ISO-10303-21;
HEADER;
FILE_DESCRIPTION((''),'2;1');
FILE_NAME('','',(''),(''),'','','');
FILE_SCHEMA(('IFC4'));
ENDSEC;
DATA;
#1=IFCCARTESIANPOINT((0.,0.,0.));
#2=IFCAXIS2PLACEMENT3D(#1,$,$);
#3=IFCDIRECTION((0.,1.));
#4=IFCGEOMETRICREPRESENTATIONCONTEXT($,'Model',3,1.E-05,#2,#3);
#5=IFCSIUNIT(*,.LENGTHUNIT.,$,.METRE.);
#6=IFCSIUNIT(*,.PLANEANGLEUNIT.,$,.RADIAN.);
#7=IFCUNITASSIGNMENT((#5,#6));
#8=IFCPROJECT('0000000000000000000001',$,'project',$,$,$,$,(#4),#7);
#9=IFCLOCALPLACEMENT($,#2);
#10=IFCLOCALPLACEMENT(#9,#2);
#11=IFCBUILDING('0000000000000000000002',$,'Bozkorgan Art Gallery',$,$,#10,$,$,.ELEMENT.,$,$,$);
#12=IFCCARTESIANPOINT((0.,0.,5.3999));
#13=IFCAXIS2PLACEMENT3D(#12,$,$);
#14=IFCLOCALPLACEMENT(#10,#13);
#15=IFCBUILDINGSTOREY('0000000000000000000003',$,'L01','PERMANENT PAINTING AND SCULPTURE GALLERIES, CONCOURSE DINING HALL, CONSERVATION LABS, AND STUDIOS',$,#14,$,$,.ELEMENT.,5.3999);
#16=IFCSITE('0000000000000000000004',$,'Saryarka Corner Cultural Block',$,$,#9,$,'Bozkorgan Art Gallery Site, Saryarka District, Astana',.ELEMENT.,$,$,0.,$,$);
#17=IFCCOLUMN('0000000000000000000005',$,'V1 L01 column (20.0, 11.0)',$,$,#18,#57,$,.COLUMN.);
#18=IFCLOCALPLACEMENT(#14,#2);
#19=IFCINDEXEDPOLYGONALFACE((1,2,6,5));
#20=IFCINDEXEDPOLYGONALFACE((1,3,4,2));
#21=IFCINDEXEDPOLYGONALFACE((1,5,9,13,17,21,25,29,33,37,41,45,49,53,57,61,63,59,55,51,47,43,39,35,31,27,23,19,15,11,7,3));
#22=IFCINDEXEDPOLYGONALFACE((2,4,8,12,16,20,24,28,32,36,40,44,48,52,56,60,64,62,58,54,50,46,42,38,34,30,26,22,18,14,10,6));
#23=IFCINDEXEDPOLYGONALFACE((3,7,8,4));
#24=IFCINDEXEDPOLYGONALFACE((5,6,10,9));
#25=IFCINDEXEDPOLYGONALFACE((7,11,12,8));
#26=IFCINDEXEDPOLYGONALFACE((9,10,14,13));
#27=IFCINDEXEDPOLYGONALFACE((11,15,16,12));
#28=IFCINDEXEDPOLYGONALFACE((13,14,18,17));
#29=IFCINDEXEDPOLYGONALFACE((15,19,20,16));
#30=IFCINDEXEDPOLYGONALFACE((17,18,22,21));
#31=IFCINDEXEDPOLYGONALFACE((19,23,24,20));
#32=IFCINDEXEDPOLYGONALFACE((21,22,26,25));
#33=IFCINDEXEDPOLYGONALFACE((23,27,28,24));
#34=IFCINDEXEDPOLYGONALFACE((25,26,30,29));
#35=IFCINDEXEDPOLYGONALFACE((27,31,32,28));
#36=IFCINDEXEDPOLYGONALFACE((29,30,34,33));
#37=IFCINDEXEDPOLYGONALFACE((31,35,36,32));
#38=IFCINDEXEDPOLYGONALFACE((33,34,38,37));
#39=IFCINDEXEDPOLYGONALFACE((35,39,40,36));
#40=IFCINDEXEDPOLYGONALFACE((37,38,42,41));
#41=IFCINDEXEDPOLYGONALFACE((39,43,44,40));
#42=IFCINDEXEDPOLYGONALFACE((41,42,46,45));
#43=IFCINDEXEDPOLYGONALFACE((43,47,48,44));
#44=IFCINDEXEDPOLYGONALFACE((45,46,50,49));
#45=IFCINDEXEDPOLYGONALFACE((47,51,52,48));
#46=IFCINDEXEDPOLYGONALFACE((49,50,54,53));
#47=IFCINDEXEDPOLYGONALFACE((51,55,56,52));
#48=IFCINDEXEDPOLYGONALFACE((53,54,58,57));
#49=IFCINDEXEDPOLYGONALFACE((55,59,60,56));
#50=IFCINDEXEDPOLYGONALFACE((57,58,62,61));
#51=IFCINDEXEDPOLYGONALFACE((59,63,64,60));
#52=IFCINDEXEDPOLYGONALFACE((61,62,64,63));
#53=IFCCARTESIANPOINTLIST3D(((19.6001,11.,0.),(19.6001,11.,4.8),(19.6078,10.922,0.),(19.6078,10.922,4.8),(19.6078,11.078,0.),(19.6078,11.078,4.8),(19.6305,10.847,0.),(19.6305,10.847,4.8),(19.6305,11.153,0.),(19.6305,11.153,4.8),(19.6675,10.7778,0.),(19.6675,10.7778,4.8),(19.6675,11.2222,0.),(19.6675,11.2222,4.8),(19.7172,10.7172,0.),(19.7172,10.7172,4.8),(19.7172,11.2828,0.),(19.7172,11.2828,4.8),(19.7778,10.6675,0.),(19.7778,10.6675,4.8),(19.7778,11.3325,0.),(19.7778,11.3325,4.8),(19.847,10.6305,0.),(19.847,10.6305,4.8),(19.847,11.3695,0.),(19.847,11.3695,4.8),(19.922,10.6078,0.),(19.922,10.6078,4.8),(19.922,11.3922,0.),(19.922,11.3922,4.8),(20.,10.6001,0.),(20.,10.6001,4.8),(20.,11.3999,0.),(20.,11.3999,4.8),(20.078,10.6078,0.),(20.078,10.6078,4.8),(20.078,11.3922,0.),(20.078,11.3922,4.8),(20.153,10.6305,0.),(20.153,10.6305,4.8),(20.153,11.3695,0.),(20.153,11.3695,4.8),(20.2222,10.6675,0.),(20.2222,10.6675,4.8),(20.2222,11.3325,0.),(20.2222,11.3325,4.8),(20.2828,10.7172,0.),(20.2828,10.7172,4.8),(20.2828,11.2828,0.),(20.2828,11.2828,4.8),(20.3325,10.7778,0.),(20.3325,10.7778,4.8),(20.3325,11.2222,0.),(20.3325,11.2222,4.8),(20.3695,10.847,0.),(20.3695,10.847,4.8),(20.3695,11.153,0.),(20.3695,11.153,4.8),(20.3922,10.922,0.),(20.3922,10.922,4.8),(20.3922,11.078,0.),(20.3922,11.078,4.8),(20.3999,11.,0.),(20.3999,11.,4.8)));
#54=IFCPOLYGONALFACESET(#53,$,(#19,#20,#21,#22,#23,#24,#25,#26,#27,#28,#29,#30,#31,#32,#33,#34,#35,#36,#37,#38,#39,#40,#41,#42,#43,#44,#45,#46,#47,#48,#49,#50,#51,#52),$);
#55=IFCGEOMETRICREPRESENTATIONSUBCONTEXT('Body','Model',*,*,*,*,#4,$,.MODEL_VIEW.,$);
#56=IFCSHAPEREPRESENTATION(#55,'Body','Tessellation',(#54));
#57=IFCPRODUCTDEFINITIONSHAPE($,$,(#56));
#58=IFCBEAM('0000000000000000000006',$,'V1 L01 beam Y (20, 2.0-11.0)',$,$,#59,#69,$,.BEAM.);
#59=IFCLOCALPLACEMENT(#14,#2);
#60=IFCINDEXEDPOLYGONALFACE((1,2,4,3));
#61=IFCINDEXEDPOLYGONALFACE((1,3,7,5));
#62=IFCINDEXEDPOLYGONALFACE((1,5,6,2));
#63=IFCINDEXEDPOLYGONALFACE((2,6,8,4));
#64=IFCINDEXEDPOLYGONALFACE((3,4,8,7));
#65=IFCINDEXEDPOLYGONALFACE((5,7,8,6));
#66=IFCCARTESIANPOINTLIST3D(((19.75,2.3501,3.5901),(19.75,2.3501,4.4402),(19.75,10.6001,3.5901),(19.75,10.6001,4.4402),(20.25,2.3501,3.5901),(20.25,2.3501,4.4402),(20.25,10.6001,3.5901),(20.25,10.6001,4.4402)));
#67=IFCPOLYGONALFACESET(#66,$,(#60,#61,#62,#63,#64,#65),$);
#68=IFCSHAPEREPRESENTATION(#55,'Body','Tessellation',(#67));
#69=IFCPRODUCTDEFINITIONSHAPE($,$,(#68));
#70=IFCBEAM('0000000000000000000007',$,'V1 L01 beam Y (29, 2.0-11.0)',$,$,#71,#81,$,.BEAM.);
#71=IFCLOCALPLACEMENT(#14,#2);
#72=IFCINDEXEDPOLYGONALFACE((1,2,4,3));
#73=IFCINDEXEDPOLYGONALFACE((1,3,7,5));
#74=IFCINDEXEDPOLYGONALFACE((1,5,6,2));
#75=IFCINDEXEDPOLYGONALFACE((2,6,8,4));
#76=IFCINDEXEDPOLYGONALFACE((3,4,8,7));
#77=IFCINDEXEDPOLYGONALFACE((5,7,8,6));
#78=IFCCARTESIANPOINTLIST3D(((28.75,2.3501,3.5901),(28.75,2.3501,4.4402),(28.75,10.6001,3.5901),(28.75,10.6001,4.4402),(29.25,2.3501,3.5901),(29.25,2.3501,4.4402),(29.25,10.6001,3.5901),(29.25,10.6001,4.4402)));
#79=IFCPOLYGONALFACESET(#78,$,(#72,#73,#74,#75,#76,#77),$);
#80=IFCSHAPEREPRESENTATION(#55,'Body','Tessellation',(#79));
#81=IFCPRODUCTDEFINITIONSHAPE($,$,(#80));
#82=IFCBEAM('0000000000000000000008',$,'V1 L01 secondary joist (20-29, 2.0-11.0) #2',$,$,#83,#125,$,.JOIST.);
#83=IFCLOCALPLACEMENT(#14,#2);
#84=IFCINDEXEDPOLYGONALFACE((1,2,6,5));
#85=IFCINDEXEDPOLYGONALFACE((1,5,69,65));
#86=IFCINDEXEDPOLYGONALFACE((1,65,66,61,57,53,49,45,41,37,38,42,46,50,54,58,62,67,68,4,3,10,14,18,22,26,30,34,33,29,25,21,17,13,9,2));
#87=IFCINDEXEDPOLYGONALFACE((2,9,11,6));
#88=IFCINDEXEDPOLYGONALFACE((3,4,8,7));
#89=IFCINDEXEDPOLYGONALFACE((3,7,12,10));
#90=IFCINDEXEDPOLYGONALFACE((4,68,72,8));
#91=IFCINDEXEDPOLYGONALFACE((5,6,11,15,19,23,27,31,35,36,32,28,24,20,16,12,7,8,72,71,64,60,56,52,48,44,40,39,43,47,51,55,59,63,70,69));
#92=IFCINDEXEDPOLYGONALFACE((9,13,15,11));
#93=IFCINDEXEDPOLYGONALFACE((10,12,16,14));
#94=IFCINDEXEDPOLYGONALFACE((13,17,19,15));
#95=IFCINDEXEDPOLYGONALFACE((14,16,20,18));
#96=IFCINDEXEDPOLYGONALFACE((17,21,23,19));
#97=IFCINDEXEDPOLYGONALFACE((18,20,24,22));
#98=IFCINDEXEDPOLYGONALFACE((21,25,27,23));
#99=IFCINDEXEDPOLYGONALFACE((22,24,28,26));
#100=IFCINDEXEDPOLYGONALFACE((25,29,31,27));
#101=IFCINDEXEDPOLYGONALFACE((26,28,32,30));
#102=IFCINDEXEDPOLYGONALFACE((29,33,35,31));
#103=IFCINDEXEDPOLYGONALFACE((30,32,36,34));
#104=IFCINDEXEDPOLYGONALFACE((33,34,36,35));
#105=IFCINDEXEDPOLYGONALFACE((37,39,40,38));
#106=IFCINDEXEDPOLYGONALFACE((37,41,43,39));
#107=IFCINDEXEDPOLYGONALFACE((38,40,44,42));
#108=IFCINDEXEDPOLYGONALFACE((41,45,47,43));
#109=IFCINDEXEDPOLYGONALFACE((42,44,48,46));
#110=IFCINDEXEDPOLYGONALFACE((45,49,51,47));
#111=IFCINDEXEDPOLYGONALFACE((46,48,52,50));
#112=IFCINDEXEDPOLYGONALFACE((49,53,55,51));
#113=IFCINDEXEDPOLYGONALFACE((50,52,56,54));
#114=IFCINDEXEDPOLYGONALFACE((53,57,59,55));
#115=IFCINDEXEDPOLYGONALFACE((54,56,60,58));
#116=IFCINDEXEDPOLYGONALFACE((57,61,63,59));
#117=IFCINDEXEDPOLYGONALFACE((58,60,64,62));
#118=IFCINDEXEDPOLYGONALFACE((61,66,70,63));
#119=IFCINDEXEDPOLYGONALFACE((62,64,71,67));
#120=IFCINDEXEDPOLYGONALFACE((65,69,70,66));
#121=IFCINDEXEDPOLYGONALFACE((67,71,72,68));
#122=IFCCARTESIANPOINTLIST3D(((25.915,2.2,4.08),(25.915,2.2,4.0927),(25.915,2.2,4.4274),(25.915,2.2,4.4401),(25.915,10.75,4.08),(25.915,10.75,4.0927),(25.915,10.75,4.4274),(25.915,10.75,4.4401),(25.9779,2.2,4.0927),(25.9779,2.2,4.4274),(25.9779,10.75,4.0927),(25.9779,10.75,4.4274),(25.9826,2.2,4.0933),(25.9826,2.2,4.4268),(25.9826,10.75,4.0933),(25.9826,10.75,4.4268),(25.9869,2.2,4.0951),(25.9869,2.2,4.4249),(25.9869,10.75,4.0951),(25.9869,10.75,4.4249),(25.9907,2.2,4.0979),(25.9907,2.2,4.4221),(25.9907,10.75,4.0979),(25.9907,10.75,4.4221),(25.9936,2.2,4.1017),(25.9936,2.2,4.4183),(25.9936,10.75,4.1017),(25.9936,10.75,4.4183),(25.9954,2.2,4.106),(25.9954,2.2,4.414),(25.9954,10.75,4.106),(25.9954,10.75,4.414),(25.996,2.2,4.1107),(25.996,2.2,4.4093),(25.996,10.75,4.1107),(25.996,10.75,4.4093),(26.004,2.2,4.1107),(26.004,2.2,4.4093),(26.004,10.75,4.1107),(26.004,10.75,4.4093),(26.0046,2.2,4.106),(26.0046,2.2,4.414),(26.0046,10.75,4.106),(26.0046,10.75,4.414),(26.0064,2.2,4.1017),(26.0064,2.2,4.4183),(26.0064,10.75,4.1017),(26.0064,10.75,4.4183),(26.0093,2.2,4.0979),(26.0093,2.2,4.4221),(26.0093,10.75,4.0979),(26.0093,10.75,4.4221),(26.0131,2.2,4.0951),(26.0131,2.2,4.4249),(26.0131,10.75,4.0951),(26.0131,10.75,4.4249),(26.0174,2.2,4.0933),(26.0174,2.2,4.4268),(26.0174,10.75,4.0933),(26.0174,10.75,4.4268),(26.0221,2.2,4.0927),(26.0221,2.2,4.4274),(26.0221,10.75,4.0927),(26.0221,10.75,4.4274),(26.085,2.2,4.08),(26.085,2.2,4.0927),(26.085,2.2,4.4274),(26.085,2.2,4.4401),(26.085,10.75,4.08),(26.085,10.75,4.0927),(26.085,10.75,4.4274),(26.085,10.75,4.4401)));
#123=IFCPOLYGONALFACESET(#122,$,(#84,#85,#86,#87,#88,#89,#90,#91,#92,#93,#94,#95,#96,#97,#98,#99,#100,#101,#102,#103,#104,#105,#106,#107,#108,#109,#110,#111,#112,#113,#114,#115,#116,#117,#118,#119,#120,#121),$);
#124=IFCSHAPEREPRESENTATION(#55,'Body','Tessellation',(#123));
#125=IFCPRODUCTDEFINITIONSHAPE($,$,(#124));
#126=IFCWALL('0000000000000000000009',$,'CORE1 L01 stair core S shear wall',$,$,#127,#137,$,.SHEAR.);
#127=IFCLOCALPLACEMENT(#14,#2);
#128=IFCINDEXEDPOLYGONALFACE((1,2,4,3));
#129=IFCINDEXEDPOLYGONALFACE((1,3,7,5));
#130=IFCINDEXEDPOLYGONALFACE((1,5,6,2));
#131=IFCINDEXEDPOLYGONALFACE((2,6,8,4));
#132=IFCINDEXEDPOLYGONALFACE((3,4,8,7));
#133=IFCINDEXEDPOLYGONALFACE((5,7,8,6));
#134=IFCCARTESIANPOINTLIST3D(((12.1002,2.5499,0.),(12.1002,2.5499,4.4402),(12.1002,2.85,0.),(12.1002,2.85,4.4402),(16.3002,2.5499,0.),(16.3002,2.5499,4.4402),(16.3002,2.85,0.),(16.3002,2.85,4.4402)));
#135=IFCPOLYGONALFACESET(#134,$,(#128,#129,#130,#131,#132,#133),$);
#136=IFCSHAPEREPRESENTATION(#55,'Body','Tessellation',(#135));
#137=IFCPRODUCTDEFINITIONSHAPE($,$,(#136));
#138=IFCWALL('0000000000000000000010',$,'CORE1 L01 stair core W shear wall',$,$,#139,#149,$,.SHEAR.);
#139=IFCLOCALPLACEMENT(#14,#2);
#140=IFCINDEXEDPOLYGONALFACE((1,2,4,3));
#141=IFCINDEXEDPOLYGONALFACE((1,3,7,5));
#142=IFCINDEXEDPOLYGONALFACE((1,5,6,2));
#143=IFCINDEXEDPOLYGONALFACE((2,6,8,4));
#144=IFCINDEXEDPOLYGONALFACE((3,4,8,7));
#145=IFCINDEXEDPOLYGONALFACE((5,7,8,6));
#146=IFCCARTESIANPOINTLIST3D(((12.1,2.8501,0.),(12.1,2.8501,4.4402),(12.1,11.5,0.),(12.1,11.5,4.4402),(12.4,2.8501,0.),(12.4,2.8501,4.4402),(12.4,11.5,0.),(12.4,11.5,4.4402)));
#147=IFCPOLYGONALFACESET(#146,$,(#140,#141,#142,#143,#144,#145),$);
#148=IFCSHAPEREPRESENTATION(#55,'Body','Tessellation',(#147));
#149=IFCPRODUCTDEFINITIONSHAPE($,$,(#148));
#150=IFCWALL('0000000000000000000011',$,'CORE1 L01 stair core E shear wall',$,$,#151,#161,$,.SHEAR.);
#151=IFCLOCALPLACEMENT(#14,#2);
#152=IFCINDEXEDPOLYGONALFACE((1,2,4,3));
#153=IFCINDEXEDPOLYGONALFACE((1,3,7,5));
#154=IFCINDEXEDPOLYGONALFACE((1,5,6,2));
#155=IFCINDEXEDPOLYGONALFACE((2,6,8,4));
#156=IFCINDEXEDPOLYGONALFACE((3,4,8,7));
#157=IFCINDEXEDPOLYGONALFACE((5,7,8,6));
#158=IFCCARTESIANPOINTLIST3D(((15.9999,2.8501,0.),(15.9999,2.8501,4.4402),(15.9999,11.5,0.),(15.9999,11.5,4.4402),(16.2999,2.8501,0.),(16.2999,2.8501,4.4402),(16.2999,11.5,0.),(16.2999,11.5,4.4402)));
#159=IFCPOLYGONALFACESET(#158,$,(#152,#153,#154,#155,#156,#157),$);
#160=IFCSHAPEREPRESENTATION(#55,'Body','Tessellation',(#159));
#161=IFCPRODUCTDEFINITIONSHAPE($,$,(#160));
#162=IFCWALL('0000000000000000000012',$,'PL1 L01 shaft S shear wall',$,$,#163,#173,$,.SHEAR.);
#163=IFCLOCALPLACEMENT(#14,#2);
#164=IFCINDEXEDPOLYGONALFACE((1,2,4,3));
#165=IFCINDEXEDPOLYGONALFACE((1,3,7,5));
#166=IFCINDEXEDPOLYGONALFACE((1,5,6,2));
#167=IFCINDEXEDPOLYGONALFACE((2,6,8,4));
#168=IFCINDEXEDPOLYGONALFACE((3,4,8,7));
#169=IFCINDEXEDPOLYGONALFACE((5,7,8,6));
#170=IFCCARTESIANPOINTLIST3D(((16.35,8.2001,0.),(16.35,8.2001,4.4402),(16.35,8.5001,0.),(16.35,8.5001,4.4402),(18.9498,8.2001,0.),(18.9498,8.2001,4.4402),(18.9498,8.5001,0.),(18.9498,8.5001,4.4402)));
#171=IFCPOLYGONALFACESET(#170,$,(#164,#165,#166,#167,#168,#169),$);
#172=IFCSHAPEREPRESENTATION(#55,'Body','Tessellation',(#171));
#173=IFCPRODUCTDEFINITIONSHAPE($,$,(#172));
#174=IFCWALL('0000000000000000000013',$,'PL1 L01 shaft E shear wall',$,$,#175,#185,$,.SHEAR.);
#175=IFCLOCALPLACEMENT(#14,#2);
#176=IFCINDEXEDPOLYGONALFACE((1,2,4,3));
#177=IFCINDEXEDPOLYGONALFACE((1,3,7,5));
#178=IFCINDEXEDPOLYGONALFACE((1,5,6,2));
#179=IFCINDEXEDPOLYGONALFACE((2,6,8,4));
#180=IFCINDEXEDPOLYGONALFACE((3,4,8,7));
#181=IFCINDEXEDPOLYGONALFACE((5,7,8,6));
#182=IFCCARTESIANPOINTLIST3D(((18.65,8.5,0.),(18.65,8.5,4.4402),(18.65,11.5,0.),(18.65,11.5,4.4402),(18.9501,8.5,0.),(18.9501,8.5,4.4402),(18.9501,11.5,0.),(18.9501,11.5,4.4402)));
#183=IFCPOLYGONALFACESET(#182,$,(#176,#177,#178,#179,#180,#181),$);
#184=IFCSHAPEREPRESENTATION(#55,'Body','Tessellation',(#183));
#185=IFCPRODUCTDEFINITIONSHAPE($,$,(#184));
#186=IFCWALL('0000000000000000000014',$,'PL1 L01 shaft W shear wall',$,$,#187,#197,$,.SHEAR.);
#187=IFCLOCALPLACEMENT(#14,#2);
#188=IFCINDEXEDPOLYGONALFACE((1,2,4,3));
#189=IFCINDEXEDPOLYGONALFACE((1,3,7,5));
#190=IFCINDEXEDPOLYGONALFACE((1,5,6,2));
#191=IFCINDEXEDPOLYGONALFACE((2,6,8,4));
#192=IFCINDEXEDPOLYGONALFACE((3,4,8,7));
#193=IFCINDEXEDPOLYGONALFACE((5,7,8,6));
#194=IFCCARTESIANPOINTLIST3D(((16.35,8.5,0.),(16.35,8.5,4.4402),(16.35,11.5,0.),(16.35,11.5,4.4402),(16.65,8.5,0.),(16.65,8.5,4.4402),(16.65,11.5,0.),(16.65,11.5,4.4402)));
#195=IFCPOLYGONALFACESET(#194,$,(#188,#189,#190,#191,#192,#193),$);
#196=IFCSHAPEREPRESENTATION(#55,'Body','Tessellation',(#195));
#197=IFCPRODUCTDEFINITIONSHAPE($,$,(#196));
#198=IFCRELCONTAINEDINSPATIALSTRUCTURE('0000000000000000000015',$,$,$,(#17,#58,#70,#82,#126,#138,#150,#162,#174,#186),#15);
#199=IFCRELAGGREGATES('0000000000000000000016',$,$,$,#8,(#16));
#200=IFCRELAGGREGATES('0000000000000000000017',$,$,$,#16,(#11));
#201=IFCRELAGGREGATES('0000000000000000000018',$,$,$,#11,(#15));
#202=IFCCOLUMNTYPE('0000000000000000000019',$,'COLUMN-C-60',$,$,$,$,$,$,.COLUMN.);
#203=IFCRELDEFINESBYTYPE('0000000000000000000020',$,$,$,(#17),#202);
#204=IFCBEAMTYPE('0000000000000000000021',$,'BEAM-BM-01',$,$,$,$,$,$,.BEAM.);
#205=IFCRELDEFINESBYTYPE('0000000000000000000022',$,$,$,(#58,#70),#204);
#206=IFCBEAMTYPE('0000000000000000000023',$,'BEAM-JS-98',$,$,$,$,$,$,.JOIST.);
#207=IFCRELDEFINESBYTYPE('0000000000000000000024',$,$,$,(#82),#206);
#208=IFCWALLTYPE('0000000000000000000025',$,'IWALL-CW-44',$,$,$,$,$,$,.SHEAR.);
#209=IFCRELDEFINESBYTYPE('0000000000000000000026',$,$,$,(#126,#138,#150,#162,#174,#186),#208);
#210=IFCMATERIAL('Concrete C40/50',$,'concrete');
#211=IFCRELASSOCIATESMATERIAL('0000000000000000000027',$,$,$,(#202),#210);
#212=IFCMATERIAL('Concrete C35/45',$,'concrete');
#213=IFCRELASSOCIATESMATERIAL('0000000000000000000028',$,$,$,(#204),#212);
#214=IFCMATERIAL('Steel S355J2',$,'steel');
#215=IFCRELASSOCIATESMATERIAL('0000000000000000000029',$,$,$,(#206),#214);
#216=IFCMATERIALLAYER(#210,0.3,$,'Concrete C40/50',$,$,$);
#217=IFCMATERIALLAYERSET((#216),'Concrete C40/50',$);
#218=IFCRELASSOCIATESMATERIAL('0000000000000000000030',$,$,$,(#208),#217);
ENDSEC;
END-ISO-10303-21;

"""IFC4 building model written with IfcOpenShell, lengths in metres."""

from ifc_helpers import new_model, si_unit, direction, frame, frame_2d, origin, origin_2d, place, context, subcontext, project, spatial, rectangle, circle, i_section, extrude, material, layer, layer_set, material_profile, profile_set, type_object, element, save


model = new_model("IFC4")

# Units and contexts
model_context = context("Model", 3, precision=1e-05, world=origin(), true_north=direction((0.0, 1.0)))
body_context = subcontext(model_context, "Body", "Model", "MODEL_VIEW")
ifc_project = project(units=[si_unit("LENGTHUNIT", "METRE"), si_unit("PLANEANGLEUNIT", "RADIAN")], contexts=[model_context])

# Site, building, storey
site_placement = place(None, origin())
site = spatial("IfcSite", under=ifc_project, at=site_placement, Name="Saryarka Corner Cultural Block", LongName="Bozkorgan Art Gallery Site, Saryarka District, Astana", CompositionType="ELEMENT", RefElevation=0.0)
building_placement = place(site_placement, origin())
building = spatial("IfcBuilding", under=site, at=building_placement, Name="Bozkorgan Art Gallery", CompositionType="ELEMENT")
storey_placement = place(building_placement, frame((0.0, 0.0, 5.3999)))
storey = spatial("IfcBuildingStorey", under=building, at=storey_placement, Name="L01", Description="PERMANENT PAINTING AND SCULPTURE GALLERIES, CONCOURSE DINING HALL, CONSERVATION LABS, AND STUDIOS", CompositionType="ELEMENT", Elevation=5.3999)

# Column
ifc_material_1 = material(Name="Concrete C40/50", Category="concrete")
ifc_material_profile_1 = material_profile(ifc_material_1, circle(Radius=0.3999, at=origin_2d()), Name="RC D800")
ifc_profile_set_1 = profile_set([ifc_material_profile_1], Name="Concrete C40/50")
column_type = type_object("IfcColumnType", Name="COLUMN-C-60", PredefinedType="COLUMN", material=ifc_profile_set_1)
column_placement = place(storey_placement, frame((20.0, 11.0, 0.0), z_axis=(0.0, 0.0, 1.0), x_axis=(1.0, 0.0, 0.0)))
element("IfcColumn", 1, at=column_placement, inside=storey, type_object=column_type, Name="V1 L01 column (20.0, 11.0)", PredefinedType="COLUMN", context=body_context, shape_type="SweptSolid", body=[
    extrude(circle(Radius=0.3999, at=origin_2d()), origin(), (0.0, 0.0, 1.0), 4.8),
])

# Beams
ifc_material_2 = material(Name="Concrete C35/45", Category="concrete")
ifc_material_profile_2 = material_profile(ifc_material_2, rectangle(XDim=0.5, YDim=0.8501, at=origin_2d()), Name="RC 500x850")
ifc_profile_set_2 = profile_set([ifc_material_profile_2], Name="Concrete C35/45")
beam_type_1 = type_object("IfcBeamType", Name="BEAM-BM-01", PredefinedType="BEAM", material=ifc_profile_set_2)
for number, where, z_axis, x_axis, name in (
    (2, (20.0, 2.3501, 4.0151), (0.0, 1.0, 0.0), (-1.0, 0.0, 0.0), "V1 L01 beam Y (20, 2.0-11.0)"),
    (3, (29.0, 2.3501, 4.0151), (0.0, 1.0, 0.0), (-1.0, 0.0, 0.0), "V1 L01 beam Y (29, 2.0-11.0)"),
):
    element("IfcBeam", number, at=place(storey_placement, frame(where, z_axis=z_axis, x_axis=x_axis)), inside=storey, type_object=beam_type_1, Name=name, PredefinedType="BEAM", context=body_context, shape_type="SweptSolid", body=[
        extrude(rectangle(XDim=0.5, YDim=0.8501, at=origin_2d()), origin(), (0.0, 0.0, 1.0), 8.25),
    ])
ifc_material_3 = material(Name="Steel S355J2", Category="steel")
ifc_material_profile_3 = material_profile(ifc_material_3, i_section(OverallWidth=0.1699, OverallDepth=0.3601, WebThickness=0.0081, FlangeThickness=0.0127, FilletRadius=0.0181, at=origin_2d()), Name="IPE 360")
ifc_profile_set_3 = profile_set([ifc_material_profile_3], Name="Steel S355J2")
beam_type_2 = type_object("IfcBeamType", Name="BEAM-JS-98", PredefinedType="JOIST", material=ifc_profile_set_3)
beam_placement = place(storey_placement, frame((26.0, 2.2, 4.26), z_axis=(0.0, 1.0, 0.0), x_axis=(-1.0, 0.0, 0.0)))
element("IfcBeam", 4, at=beam_placement, inside=storey, type_object=beam_type_2, Name="V1 L01 secondary joist (20-29, 2.0-11.0) #2", PredefinedType="JOIST", context=body_context, shape_type="SweptSolid", body=[
    extrude(i_section(OverallWidth=0.1699, OverallDepth=0.3601, WebThickness=0.0081, FlangeThickness=0.0127, FilletRadius=0.0181, at=origin_2d()), origin(), (0.0, 0.0, 1.0), 8.55),
])

# Walls
ifc_layer_1 = layer(ifc_material_1, 0.3, Name="Concrete C40/50")
ifc_layer_set_1 = layer_set([ifc_layer_1], Name="Concrete C40/50")
wall_type_1 = type_object("IfcWallType", Name="IWALL-CW-44", PredefinedType="SHEAR", material=ifc_layer_set_1)
wall_1_placement = place(storey_placement, frame((12.1001, 2.7, 0.0), z_axis=(0.0, 0.0, 1.0), x_axis=(1.0, 0.0, 0.0)))
element("IfcWall", 5, at=wall_1_placement, inside=storey, type_object=wall_type_1, Name="CORE1 L01 stair core S shear wall", PredefinedType="SHEAR", context=body_context, shape_type="SweptSolid", body=[
    extrude(rectangle(XDim=4.2, YDim=0.3, at=frame_2d((2.1001, 0.0))), origin(), (0.0, 0.0, 1.0), 4.4402),
])
for number, where, z_axis, x_axis, name in (
    (6, (12.25, 2.8501, 0.0), (0.0, 0.0, 1.0), (0.0, 1.0, 0.0), "CORE1 L01 stair core W shear wall"),
    (7, (16.1499, 2.8501, 0.0), (0.0, 0.0, 1.0), (0.0, 1.0, 0.0), "CORE1 L01 stair core E shear wall"),
):
    element("IfcWall", number, at=place(storey_placement, frame(where, z_axis=z_axis, x_axis=x_axis)), inside=storey, type_object=wall_type_1, Name=name, PredefinedType="SHEAR", context=body_context, shape_type="SweptSolid", body=[
        extrude(rectangle(XDim=8.6499, YDim=0.3, at=frame_2d((4.325, 0.0))), origin(), (0.0, 0.0, 1.0), 4.4402),
    ])
wall_2_placement = place(storey_placement, frame((16.3501, 8.3501, 0.0), z_axis=(0.0, 0.0, 1.0), x_axis=(1.0, 0.0, 0.0)))
element("IfcWall", 8, at=wall_2_placement, inside=storey, type_object=wall_type_1, Name="PL1 L01 shaft S shear wall", PredefinedType="SHEAR", context=body_context, shape_type="SweptSolid", body=[
    extrude(rectangle(XDim=2.5999, YDim=0.3, at=frame_2d((1.2998, 0.0))), origin(), (0.0, 0.0, 1.0), 4.4402),
])
for number, where, z_axis, x_axis, name in (
    (9, (18.8, 8.5, 0.0), (0.0, 0.0, 1.0), (0.0, 1.0, 0.0), "PL1 L01 shaft E shear wall"),
    (10, (16.5, 8.5, 0.0), (0.0, 0.0, 1.0), (0.0, 1.0, 0.0), "PL1 L01 shaft W shear wall"),
):
    element("IfcWall", number, at=place(storey_placement, frame(where, z_axis=z_axis, x_axis=x_axis)), inside=storey, type_object=wall_type_1, Name=name, PredefinedType="SHEAR", context=body_context, shape_type="SweptSolid", body=[
        extrude(rectangle(XDim=3.0, YDim=0.3, at=frame_2d((1.5, 0.0))), origin(), (0.0, 0.0, 1.0), 4.4402),
    ])

save(model, "model.ifc")
